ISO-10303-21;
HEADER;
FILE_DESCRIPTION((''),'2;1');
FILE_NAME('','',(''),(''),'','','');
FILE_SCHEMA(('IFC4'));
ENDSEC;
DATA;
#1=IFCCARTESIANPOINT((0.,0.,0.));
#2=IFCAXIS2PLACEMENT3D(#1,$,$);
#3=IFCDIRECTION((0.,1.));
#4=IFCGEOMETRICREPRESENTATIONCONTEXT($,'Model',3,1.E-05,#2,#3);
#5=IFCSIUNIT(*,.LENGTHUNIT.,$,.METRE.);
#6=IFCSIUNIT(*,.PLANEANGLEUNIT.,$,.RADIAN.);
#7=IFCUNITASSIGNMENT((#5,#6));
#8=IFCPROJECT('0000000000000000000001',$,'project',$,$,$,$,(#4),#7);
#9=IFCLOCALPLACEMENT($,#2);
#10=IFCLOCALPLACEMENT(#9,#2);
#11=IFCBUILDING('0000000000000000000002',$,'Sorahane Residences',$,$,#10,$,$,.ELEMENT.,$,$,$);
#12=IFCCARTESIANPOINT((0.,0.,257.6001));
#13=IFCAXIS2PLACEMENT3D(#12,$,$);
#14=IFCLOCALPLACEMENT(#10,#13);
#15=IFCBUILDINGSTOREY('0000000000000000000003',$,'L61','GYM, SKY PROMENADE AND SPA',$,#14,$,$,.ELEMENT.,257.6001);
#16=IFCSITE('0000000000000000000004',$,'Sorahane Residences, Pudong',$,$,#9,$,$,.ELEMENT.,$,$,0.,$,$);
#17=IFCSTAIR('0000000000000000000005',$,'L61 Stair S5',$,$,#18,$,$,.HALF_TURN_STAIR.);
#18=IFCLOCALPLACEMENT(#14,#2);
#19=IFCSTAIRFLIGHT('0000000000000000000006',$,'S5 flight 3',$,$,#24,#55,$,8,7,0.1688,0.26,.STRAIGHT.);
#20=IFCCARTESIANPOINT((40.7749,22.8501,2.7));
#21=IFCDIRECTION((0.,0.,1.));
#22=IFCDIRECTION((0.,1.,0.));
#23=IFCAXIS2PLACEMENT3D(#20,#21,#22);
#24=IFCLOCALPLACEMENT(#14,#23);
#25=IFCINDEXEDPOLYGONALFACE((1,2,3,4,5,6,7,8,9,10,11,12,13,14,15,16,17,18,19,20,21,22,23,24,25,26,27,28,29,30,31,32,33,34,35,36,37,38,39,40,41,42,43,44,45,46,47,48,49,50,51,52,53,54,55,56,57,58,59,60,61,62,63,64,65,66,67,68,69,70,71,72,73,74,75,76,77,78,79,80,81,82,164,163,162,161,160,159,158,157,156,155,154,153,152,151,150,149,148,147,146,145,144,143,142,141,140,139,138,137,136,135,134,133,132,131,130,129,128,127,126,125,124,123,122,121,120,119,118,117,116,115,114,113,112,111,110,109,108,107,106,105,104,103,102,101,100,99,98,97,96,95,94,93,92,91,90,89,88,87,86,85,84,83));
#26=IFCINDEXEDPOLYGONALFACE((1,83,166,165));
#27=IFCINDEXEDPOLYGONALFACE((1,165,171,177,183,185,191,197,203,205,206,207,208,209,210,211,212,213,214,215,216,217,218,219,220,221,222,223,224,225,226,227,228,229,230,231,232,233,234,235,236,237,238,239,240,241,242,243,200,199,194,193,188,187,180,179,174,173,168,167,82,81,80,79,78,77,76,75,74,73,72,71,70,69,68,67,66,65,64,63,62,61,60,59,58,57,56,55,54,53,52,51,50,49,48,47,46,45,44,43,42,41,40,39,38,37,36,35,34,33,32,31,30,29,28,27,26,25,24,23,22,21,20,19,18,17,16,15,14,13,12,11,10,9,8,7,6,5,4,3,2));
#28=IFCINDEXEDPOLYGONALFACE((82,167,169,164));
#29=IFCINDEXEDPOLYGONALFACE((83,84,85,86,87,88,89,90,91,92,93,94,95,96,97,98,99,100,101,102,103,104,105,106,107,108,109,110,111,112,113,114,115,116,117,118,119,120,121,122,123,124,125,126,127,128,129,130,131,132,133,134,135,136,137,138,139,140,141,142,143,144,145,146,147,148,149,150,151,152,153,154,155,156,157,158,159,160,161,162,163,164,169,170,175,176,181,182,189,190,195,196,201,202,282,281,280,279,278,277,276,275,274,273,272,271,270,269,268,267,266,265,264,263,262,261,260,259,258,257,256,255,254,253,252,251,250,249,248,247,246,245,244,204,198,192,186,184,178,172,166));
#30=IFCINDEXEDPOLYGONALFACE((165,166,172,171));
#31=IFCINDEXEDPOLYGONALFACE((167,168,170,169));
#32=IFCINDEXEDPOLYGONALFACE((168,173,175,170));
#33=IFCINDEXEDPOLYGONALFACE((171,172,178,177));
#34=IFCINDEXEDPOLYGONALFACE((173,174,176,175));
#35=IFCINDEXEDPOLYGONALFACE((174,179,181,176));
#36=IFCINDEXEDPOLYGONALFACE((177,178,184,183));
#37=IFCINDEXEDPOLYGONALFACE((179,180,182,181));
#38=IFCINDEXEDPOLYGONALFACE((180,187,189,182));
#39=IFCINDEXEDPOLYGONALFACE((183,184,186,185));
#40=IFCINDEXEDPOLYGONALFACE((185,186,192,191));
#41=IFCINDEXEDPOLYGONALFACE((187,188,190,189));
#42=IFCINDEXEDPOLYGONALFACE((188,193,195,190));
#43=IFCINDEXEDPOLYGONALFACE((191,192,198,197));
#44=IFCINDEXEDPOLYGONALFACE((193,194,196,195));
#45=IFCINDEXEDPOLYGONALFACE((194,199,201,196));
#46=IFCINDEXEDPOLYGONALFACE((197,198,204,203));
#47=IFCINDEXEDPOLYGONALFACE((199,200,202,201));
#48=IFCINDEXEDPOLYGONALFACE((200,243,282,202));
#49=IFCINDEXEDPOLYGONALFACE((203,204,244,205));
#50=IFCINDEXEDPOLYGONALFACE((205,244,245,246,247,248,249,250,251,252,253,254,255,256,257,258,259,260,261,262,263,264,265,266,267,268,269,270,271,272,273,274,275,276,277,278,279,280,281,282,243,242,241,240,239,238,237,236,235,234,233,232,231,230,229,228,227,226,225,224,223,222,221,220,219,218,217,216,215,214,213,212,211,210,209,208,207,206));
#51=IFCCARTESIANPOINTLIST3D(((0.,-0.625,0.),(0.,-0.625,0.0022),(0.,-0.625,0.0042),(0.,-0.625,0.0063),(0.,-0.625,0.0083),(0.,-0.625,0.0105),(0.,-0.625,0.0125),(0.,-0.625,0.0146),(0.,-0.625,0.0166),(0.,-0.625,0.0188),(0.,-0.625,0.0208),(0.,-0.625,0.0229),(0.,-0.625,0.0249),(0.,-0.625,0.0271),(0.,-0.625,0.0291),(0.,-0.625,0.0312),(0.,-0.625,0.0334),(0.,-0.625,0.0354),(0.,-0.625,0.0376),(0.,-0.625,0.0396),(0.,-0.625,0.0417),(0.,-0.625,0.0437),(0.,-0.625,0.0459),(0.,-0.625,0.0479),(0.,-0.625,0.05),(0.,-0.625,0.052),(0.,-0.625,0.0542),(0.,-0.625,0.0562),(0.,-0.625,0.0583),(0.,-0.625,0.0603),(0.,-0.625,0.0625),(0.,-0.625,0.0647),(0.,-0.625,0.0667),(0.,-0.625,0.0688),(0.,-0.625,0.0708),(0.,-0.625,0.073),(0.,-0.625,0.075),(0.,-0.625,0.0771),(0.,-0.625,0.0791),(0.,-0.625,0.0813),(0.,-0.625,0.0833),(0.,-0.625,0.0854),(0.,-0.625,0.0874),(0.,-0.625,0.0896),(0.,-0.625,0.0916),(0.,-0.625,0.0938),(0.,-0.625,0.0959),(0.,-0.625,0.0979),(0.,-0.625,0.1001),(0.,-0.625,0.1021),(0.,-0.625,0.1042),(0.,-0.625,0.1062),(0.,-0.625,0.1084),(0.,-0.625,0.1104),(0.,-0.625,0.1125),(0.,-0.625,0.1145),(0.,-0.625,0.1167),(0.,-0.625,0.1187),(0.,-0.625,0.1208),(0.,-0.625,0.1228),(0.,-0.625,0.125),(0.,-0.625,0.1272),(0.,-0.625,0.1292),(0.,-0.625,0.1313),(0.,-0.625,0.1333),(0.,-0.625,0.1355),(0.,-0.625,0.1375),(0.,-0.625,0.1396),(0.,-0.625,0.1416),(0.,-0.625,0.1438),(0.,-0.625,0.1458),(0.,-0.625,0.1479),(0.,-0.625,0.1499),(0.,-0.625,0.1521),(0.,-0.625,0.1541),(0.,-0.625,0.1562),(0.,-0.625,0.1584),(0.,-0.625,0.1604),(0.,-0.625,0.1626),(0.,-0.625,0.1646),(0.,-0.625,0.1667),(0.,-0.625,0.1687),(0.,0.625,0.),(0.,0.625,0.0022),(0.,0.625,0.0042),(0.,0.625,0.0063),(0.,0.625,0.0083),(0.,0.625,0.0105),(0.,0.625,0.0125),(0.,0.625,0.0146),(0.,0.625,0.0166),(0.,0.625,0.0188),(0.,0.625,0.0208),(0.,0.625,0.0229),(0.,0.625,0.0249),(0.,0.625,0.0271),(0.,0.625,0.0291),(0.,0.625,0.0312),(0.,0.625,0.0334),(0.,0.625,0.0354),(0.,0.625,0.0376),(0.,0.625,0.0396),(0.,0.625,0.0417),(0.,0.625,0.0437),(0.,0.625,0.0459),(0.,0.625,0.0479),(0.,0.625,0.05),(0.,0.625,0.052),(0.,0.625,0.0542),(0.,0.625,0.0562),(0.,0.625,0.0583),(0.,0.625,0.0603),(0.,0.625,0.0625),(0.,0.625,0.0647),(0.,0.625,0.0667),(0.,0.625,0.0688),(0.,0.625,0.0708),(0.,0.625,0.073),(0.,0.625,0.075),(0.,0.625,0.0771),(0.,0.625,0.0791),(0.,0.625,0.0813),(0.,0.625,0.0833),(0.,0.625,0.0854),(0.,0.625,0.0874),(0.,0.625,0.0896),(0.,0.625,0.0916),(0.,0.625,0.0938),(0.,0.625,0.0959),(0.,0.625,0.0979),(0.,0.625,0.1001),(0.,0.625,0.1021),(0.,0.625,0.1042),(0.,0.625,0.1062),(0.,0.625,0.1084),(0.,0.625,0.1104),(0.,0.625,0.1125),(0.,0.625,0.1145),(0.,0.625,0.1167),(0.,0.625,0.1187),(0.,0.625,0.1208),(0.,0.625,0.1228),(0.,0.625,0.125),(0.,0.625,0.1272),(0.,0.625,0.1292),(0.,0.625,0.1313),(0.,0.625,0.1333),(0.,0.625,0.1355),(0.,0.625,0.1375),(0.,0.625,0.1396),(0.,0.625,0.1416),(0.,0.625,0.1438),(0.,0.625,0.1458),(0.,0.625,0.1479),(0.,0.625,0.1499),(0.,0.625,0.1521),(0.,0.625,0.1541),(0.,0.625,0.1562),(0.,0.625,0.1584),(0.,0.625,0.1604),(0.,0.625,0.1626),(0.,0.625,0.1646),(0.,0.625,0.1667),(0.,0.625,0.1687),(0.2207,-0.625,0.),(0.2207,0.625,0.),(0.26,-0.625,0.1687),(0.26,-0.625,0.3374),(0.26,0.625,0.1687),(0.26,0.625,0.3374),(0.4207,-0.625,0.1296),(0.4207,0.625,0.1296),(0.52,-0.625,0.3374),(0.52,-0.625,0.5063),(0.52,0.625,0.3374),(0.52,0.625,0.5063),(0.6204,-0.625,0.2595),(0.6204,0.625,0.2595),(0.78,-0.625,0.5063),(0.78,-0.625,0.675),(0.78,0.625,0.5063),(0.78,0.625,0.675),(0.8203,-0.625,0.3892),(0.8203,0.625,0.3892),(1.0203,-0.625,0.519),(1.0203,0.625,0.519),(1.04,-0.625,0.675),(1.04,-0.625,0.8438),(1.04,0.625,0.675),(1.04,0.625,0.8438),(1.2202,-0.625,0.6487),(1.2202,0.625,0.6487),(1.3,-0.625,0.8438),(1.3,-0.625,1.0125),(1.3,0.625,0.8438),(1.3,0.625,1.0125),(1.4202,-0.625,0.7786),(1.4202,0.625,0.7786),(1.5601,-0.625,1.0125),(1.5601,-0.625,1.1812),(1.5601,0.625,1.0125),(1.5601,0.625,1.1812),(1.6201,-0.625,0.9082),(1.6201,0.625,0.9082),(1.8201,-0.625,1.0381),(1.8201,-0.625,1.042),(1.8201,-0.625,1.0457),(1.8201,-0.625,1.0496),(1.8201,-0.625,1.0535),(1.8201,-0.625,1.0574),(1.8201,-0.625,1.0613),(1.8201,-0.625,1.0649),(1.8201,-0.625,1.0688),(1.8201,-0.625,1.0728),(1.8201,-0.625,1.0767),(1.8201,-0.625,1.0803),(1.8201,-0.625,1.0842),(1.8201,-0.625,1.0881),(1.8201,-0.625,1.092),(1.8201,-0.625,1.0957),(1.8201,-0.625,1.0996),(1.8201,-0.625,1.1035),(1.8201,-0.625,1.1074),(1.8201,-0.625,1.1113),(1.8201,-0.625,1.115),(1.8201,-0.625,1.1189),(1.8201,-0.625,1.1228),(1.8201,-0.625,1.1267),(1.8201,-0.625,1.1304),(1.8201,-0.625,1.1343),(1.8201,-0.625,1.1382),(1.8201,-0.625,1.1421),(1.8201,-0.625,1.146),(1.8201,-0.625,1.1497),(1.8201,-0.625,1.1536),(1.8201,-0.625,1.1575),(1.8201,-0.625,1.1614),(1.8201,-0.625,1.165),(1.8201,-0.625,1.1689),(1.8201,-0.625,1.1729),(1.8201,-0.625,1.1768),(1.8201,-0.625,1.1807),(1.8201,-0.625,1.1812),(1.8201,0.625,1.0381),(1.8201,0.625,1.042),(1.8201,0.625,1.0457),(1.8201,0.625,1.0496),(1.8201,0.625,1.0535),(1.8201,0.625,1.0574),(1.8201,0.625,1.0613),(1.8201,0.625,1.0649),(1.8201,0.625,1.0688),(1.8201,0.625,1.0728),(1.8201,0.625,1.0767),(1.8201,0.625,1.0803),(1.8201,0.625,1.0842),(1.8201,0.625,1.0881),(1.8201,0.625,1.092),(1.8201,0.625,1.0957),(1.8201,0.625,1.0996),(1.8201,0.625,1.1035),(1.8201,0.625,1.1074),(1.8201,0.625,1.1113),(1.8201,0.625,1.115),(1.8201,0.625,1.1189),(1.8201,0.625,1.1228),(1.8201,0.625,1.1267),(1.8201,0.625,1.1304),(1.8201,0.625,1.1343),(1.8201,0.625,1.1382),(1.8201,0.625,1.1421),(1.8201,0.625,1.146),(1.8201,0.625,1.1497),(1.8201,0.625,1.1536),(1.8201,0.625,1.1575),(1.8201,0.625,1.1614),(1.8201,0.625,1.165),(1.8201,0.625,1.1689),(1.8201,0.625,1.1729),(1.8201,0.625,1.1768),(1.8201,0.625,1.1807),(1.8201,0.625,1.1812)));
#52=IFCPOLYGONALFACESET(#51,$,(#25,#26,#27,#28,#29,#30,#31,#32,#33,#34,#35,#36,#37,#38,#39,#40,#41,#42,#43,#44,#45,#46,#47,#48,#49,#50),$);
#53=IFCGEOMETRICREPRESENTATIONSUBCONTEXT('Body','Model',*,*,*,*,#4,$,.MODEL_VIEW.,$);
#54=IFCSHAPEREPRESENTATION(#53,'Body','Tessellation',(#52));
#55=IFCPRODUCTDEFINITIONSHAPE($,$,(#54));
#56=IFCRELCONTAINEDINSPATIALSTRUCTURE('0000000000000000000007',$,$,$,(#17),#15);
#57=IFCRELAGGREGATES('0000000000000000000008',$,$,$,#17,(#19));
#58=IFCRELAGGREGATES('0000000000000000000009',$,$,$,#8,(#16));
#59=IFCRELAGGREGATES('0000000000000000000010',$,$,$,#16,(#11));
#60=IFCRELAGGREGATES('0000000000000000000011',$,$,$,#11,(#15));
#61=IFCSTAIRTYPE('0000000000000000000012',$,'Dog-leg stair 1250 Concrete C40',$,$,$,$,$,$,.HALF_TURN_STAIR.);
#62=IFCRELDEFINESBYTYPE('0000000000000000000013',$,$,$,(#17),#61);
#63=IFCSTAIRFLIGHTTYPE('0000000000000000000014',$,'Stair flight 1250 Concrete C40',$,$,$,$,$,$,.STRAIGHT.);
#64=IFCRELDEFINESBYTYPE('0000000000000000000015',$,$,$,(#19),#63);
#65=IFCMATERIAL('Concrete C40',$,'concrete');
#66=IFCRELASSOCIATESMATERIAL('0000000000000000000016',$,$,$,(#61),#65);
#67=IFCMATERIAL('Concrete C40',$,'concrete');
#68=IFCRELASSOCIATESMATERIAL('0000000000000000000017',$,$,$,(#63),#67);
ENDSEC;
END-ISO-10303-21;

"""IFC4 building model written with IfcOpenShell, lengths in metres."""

from ifc_helpers import new_model, si_unit, direction, frame, origin, place, context, subcontext, project, spatial, polyline, outline, extrude, material, type_object, element, aggregate, save


model = new_model("IFC4")

# Units and contexts
model_context = context("Model", 3, precision=1e-05, world=origin(), true_north=direction((0.0, 1.0)))
body_context = subcontext(model_context, "Body", "Model", "MODEL_VIEW")
ifc_project = project(units=[si_unit("LENGTHUNIT", "METRE"), si_unit("PLANEANGLEUNIT", "RADIAN")], contexts=[model_context])

# Site, building, storey
site_placement = place(None, origin())
site = spatial("IfcSite", under=ifc_project, at=site_placement, Name="Sorahane Residences, Pudong", CompositionType="ELEMENT", RefElevation=0.0)
building_placement = place(site_placement, origin())
building = spatial("IfcBuilding", under=site, at=building_placement, Name="Sorahane Residences", CompositionType="ELEMENT")
storey_placement = place(building_placement, frame((0.0, 0.0, 257.6001)))
storey = spatial("IfcBuildingStorey", under=building, at=storey_placement, Name="L61", Description="GYM, SKY PROMENADE AND SPA", CompositionType="ELEMENT", Elevation=257.6001)

# Stair, stair flight
ifc_material_1 = material(Name="Concrete C40", Category="concrete")
stair_type = type_object("IfcStairType", Name="Dog-leg stair 1250 Concrete C40", PredefinedType="HALF_TURN_STAIR", material=ifc_material_1)
stair_placement = place(storey_placement, origin())
stair = element("IfcStair", 1, at=stair_placement, inside=storey, type_object=stair_type, Name="L61 Stair S5", PredefinedType="HALF_TURN_STAIR")
ifc_material_2 = material(Name="Concrete C40", Category="concrete")
stair_flight_type = type_object("IfcStairFlightType", Name="Stair flight 1250 Concrete C40", PredefinedType="STRAIGHT", material=ifc_material_2)
stair_flight_1_placement = place(storey_placement, frame((40.7749, 22.8501, 2.7), z_axis=(0.0, 0.0, 1.0), x_axis=(0.0, 1.0, 0.0)))
stair_flight_1 = element("IfcStairFlight", 2, at=stair_flight_1_placement, type_object=stair_flight_type, Name="S5 flight 3", NumberOfRisers=8, NumberOfTreads=7, PredefinedType="STRAIGHT", RiserHeight=0.1688, TreadLength=0.26, context=body_context, shape_type="SweptSolid", body=[
    extrude(outline(polyline([(0.0, 0.0), (0.0, 0.0022), (0.0, 0.0042), (0.0, 0.0063), (0.0, 0.0083), (0.0, 0.0105), (0.0, 0.0125), (0.0, 0.0146), (0.0, 0.0166), (0.0, 0.0188), (0.0, 0.0208), (0.0, 0.0229), (0.0, 0.0249), (0.0, 0.0271), (0.0, 0.0291), (0.0, 0.0312), (0.0, 0.0334), (0.0, 0.0354), (0.0, 0.0376), (0.0, 0.0396), (0.0, 0.0417), (0.0, 0.0437), (0.0, 0.0459), (0.0, 0.0479), (0.0, 0.05), (0.0, 0.052), (0.0, 0.0542), (0.0, 0.0562), (0.0, 0.0583), (0.0, 0.0603), (0.0, 0.0625), (0.0, 0.0647), (0.0, 0.0667), (0.0, 0.0688), (0.0, 0.0708), (0.0, 0.073), (0.0, 0.075), (0.0, 0.0771), (0.0, 0.0791), (0.0, 0.0813), (0.0, 0.0833), (0.0, 0.0854), (0.0, 0.0874), (0.0, 0.0896), (0.0, 0.0916), (0.0, 0.0938), (0.0, 0.0959), (0.0, 0.0979), (0.0, 0.1001), (0.0, 0.1021), (0.0, 0.1042), (0.0, 0.1062), (0.0, 0.1084), (0.0, 0.1104), (0.0, 0.1125), (0.0, 0.1145), (0.0, 0.1167), (0.0, 0.1187), (0.0, 0.1208), (0.0, 0.1228), (0.0, 0.125), (0.0, 0.1272), (0.0, 0.1292), (0.0, 0.1313), (0.0, 0.1333), (0.0, 0.1355), (0.0, 0.1375), (0.0, 0.1396), (0.0, 0.1416), (0.0, 0.1438), (0.0, 0.1458), (0.0, 0.1479), (0.0, 0.1499), (0.0, 0.1521), (0.0, 0.1541), (0.0, 0.1562), (0.0, 0.1584), (0.0, 0.1604), (0.0, 0.1626), (0.0, 0.1646), (0.0, 0.1667), (0.0, 0.1687), (0.26, 0.1687), (0.26, 0.3374), (0.52, 0.3374), (0.52, 0.5063), (0.78, 0.5063), (0.78, 0.675), (1.04, 0.675), (1.04, 0.8438), (1.3, 0.8438), (1.3, 1.0125), (1.5601, 1.0125), (1.5601, 1.1812), (1.8201, 1.1812), (1.8201, 1.3501), (1.8201, 1.3462), (1.8201, 1.3423), (1.8201, 1.3384), (1.8201, 1.3347), (1.8201, 1.3308), (1.8201, 1.3269), (1.8201, 1.323), (1.8201, 1.3191), (1.8201, 1.3154), (1.8201, 1.3115), (1.8201, 1.3076), (1.8201, 1.3037), (1.8201, 1.3), (1.8201, 1.2961), (1.8201, 1.2922), (1.8201, 1.2883), (1.8201, 1.2844), (1.8201, 1.2808), (1.8201, 1.2769), (1.8201, 1.2729), (1.8201, 1.269), (1.8201, 1.2654), (1.8201, 1.2615), (1.8201, 1.2576), (1.8201, 1.2537), (1.8201, 1.2498), (1.8201, 1.2461), (1.8201, 1.2422), (1.8201, 1.2383), (1.8201, 1.2344), (1.8201, 1.2307), (1.8201, 1.2268), (1.8201, 1.2229), (1.8201, 1.219), (1.8201, 1.2151), (1.8201, 1.2114), (1.8201, 1.2075), (1.8201, 1.2036), (1.8201, 1.1997), (1.8201, 1.196), (1.8201, 1.1921), (1.8201, 1.1882), (1.8201, 1.1843), (1.8201, 1.1807), (1.8201, 1.1768), (1.8201, 1.1729), (1.8201, 1.1689), (1.8201, 1.165), (1.8201, 1.1614), (1.8201, 1.1575), (1.8201, 1.1536), (1.8201, 1.1497), (1.8201, 1.146), (1.8201, 1.1421), (1.8201, 1.1382), (1.8201, 1.1343), (1.8201, 1.1304), (1.8201, 1.1267), (1.8201, 1.1228), (1.8201, 1.1189), (1.8201, 1.115), (1.8201, 1.1113), (1.8201, 1.1074), (1.8201, 1.1035), (1.8201, 1.0996), (1.8201, 1.0957), (1.8201, 1.092), (1.8201, 1.0881), (1.8201, 1.0842), (1.8201, 1.0803), (1.8201, 1.0767), (1.8201, 1.0728), (1.8201, 1.0688), (1.8201, 1.0649), (1.8201, 1.0613), (1.8201, 1.0574), (1.8201, 1.0535), (1.8201, 1.0496), (1.8201, 1.0457), (1.8201, 1.042), (1.8201, 1.0381), (1.6201, 0.9082), (1.4202, 0.7786), (1.2202, 0.6487), (1.0203, 0.519), (0.8203, 0.3892), (0.6204, 0.2595), (0.4207, 0.1296), (0.2207, 0.0), (0.0, 0.0)])), frame((0.0, 0.625, 0.0), z_axis=(0.0, -1.0, 0.0), x_axis=(1.0, 0.0, 0.0)), (0.0, 0.0, 1.0), 1.25),
])
aggregate(stair, [stair_flight_1])

save(model, "model.ifc")
